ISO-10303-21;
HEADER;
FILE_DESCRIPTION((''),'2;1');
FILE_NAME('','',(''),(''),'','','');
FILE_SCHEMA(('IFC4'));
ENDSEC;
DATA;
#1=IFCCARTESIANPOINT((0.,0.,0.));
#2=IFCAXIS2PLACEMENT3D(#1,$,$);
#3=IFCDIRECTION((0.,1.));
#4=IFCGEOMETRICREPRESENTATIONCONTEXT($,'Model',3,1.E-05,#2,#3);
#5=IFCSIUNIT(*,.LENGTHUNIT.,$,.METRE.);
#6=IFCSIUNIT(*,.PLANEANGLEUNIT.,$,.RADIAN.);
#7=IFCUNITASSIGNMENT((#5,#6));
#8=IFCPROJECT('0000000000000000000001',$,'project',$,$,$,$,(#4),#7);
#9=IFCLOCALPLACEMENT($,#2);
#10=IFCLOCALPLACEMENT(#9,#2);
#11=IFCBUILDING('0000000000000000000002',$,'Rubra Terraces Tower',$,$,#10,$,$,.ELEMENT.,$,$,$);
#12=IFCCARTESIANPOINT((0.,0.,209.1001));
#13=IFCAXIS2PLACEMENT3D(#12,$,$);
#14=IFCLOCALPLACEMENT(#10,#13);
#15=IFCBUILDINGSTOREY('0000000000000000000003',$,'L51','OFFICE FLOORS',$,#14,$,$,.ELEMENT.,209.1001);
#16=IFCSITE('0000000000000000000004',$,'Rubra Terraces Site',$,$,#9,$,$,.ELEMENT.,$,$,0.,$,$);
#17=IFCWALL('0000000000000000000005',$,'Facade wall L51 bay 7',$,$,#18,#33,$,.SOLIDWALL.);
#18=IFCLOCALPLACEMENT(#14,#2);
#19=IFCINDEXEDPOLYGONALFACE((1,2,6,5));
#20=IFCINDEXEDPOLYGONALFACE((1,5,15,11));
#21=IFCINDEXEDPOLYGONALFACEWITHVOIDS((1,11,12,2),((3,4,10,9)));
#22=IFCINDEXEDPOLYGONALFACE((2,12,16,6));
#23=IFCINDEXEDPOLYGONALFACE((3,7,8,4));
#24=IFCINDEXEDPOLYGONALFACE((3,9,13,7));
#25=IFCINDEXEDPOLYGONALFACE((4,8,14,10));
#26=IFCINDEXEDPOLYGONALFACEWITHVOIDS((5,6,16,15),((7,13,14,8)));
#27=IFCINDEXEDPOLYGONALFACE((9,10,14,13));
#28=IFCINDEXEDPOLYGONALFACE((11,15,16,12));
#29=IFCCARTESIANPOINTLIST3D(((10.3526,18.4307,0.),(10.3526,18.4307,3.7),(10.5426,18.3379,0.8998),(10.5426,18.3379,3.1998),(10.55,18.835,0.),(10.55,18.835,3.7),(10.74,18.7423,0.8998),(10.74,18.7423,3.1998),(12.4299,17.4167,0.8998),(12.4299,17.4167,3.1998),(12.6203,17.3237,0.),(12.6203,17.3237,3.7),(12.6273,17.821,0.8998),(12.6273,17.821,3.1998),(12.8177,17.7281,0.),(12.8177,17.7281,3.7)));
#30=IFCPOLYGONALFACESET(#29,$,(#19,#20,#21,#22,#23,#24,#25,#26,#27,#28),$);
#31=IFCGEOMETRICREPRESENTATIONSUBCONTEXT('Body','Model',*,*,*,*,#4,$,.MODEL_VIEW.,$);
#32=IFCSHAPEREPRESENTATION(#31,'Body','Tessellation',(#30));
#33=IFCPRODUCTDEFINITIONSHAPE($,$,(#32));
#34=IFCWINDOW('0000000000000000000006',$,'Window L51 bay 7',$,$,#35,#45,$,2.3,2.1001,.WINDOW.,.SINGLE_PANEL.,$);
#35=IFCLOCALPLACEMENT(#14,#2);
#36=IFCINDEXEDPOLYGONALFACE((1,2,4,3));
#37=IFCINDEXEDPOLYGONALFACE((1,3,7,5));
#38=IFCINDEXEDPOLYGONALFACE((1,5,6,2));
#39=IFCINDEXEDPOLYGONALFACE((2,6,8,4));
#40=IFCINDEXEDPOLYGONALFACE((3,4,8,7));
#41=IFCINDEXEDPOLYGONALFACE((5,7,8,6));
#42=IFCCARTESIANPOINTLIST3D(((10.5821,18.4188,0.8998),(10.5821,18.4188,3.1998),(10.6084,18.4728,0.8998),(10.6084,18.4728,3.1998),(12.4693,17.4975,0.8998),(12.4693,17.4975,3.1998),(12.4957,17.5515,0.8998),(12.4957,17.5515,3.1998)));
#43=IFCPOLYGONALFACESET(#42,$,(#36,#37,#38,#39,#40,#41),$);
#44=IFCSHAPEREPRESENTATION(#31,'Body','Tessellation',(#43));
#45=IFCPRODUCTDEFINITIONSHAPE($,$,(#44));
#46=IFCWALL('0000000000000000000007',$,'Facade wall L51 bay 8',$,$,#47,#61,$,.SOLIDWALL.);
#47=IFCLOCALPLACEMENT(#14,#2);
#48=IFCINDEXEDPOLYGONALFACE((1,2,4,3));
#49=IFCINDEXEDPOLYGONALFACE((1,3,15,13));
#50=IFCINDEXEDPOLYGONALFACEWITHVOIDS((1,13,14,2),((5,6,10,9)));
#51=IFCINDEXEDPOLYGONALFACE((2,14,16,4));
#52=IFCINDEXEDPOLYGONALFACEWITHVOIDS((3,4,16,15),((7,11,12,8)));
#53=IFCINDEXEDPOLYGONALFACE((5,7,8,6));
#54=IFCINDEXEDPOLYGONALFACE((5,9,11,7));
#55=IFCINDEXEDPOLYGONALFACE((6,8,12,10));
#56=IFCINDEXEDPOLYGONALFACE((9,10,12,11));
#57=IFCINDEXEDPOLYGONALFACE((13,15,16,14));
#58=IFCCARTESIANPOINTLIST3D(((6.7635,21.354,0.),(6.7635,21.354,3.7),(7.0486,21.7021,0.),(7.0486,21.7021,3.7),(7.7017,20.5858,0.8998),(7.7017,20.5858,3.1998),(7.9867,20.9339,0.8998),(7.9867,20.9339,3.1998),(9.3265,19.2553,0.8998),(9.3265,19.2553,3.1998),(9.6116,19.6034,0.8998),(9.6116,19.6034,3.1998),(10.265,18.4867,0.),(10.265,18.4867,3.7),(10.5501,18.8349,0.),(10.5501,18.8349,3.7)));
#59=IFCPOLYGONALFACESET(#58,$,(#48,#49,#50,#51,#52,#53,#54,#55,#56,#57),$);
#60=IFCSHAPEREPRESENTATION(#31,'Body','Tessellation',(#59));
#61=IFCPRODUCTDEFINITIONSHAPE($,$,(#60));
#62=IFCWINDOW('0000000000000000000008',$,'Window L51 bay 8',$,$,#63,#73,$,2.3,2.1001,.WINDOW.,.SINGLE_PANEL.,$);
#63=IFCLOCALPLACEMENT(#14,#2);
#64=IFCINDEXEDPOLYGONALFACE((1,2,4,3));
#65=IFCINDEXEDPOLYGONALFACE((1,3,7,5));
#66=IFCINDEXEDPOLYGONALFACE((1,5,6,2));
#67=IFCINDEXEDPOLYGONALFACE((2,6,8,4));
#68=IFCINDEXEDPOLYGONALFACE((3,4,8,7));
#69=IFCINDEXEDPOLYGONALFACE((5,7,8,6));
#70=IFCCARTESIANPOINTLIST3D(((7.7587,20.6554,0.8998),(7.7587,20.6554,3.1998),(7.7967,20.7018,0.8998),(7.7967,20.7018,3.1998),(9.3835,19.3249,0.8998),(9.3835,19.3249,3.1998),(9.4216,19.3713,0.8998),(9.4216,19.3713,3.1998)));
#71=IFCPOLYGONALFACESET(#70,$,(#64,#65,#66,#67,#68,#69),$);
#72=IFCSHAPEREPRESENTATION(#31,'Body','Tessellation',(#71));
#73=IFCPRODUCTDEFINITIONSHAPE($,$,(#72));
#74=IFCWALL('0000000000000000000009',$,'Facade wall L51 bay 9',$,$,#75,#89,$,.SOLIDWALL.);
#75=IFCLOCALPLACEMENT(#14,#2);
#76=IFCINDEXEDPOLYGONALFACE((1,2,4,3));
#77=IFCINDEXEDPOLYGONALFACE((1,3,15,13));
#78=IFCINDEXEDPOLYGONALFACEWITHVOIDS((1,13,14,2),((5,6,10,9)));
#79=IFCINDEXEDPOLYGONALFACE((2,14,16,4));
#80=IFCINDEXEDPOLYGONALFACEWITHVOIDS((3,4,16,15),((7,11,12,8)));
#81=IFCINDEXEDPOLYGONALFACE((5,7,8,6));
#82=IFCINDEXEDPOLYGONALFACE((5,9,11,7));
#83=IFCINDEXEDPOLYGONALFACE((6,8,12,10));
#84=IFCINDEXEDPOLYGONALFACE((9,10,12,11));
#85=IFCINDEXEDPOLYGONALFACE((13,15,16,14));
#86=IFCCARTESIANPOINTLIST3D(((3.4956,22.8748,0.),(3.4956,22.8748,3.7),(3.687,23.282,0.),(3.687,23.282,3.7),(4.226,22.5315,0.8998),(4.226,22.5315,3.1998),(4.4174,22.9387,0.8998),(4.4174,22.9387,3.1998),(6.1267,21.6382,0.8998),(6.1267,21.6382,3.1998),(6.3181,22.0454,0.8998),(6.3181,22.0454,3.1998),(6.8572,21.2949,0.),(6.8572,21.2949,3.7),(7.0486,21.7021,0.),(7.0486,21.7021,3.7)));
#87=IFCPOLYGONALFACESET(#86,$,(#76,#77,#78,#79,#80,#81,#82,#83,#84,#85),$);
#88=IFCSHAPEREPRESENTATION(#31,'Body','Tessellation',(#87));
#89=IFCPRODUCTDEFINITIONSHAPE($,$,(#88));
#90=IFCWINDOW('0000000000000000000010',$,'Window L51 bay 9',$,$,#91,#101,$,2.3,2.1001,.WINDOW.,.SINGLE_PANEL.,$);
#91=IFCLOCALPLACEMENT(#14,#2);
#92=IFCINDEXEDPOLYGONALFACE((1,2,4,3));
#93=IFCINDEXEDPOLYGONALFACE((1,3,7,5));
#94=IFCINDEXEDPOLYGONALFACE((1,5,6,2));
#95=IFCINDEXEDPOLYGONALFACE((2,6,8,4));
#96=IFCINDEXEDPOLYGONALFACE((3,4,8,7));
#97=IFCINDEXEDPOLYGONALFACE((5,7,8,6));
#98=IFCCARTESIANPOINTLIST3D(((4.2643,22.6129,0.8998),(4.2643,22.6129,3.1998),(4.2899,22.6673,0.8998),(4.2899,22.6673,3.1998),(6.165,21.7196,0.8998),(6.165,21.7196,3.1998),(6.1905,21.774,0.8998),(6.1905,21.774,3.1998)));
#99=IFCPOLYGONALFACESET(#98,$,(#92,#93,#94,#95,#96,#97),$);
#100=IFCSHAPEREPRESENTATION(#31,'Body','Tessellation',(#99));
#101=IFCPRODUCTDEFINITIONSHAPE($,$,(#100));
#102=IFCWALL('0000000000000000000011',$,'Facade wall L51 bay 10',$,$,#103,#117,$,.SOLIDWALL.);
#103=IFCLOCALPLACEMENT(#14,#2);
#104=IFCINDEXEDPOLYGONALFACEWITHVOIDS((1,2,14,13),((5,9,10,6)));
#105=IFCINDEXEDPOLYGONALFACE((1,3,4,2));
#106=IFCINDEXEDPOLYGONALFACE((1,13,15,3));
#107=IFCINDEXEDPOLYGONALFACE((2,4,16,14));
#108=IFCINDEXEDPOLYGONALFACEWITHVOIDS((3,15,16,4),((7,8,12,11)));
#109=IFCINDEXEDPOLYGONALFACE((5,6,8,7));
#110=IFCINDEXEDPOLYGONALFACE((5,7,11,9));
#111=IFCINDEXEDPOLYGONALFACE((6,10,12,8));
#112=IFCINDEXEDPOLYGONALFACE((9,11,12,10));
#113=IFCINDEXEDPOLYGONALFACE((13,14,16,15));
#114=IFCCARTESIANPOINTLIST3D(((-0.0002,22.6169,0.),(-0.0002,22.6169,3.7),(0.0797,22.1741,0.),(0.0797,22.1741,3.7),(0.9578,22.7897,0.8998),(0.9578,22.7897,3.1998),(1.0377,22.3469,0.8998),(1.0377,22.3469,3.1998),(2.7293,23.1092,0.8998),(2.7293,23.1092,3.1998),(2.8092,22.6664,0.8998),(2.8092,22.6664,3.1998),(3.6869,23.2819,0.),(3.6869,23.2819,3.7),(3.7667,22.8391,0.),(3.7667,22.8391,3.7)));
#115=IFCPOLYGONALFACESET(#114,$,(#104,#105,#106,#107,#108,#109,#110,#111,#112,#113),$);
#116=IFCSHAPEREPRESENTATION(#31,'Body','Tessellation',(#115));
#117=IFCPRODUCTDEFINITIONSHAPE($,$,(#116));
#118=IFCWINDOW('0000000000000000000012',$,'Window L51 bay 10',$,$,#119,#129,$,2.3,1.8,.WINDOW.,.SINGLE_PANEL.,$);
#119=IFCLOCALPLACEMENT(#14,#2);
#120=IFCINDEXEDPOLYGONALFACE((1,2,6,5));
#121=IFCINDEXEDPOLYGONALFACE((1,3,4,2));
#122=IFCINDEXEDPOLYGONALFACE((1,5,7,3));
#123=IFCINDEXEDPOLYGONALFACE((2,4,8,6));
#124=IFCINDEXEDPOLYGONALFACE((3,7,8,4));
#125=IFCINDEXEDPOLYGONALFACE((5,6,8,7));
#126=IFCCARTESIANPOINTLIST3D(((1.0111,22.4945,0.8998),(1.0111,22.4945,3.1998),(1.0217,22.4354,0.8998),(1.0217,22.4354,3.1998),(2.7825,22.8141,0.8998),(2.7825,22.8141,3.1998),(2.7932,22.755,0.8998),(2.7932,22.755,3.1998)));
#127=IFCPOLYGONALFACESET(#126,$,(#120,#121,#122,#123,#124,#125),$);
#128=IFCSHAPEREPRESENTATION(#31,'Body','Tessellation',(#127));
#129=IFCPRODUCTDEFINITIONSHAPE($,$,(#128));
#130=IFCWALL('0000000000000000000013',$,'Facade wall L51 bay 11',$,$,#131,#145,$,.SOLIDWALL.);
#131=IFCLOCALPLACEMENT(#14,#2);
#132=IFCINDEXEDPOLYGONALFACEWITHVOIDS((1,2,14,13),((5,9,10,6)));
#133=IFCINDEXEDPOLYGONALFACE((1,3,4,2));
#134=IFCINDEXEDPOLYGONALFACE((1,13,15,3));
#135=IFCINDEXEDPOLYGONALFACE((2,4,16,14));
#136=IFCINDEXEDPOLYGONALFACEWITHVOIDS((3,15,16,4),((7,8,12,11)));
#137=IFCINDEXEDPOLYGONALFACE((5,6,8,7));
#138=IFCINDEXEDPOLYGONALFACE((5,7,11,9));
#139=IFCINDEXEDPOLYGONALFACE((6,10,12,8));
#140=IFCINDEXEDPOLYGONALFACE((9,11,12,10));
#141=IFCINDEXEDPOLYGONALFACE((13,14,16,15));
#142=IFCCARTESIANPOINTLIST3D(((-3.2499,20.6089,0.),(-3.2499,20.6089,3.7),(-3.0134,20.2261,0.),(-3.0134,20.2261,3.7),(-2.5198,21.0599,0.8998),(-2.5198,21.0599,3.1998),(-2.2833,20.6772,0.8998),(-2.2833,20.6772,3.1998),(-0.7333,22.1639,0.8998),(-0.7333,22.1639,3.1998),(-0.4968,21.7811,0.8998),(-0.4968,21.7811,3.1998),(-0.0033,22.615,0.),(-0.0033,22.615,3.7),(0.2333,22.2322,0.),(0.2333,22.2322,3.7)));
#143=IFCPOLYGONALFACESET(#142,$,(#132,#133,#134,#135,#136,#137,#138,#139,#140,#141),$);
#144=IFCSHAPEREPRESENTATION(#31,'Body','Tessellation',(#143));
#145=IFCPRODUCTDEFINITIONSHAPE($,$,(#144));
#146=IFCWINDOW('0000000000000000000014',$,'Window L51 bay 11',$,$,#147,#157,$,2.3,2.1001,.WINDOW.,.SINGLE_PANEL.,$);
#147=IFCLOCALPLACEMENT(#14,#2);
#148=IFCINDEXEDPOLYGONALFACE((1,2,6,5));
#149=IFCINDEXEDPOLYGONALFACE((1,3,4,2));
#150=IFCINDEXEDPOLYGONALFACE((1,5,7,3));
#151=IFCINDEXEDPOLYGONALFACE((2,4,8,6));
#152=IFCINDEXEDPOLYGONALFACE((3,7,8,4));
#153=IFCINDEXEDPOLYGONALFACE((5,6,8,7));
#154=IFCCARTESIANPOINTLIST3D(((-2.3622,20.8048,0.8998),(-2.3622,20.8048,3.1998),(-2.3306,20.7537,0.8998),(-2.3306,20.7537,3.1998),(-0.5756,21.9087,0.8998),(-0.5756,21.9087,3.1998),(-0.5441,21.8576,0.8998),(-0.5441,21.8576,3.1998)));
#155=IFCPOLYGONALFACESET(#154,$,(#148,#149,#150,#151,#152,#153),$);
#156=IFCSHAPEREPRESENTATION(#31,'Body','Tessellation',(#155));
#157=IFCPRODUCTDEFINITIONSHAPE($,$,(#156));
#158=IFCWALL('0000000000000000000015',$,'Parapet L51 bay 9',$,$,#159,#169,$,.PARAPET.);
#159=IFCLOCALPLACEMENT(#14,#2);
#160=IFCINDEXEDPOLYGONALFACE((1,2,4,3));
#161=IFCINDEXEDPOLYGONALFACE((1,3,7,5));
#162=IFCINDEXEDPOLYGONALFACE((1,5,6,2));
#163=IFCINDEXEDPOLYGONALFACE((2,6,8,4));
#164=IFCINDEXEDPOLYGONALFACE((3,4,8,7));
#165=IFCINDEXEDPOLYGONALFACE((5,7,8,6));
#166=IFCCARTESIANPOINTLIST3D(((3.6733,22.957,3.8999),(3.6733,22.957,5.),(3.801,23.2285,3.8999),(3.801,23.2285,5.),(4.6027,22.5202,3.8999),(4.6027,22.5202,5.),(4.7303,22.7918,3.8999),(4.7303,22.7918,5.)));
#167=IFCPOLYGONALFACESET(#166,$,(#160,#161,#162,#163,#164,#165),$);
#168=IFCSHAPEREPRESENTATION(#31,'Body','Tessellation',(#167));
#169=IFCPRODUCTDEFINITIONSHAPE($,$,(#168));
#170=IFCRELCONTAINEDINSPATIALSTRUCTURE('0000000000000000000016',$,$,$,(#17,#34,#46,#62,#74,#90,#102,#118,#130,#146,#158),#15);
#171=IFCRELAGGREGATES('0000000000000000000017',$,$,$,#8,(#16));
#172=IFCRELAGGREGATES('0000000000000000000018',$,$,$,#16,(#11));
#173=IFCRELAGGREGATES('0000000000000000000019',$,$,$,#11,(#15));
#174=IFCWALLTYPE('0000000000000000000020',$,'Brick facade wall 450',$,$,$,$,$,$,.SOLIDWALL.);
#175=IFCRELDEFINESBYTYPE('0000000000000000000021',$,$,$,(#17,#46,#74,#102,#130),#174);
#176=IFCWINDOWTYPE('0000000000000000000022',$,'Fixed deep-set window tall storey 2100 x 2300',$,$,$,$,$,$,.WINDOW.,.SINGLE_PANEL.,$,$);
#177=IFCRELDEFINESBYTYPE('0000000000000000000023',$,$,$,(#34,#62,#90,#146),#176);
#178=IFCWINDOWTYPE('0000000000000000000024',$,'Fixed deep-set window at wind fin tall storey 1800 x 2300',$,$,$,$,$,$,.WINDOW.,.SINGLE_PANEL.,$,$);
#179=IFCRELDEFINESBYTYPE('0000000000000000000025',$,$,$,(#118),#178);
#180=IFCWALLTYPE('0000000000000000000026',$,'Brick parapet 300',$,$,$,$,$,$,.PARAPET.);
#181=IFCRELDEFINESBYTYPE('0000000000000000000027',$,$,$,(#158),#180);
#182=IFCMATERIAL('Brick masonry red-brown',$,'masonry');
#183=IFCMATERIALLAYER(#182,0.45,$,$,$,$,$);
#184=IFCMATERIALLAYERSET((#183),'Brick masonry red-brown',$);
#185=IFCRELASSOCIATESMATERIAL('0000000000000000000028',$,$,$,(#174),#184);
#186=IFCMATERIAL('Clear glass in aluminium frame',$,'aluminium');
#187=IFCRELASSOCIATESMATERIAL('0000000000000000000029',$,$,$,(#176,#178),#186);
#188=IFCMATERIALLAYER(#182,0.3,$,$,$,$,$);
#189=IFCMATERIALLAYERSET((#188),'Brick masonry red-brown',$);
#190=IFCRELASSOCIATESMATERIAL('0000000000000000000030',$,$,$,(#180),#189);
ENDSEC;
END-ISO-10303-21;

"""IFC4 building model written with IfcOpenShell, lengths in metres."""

from ifc_helpers import new_model, si_unit, direction, frame, frame_2d, origin, place, context, subcontext, project, spatial, rectangle, extrude, material, layer, layer_set, type_object, element, fill, save


model = new_model("IFC4")

# Units and contexts
model_context = context("Model", 3, precision=1e-05, world=origin(), true_north=direction((0.0, 1.0)))
body_context = subcontext(model_context, "Body", "Model", "MODEL_VIEW")
ifc_project = project(units=[si_unit("LENGTHUNIT", "METRE"), si_unit("PLANEANGLEUNIT", "RADIAN")], contexts=[model_context])

# Site, building, storey
site_placement = place(None, origin())
site = spatial("IfcSite", under=ifc_project, at=site_placement, Name="Rubra Terraces Site", CompositionType="ELEMENT", RefElevation=0.0)
building_placement = place(site_placement, origin())
building = spatial("IfcBuilding", under=site, at=building_placement, Name="Rubra Terraces Tower", CompositionType="ELEMENT")
storey_placement = place(building_placement, frame((0.0, 0.0, 209.1001)))
storey = spatial("IfcBuildingStorey", under=building, at=storey_placement, Name="L51", Description="OFFICE FLOORS", CompositionType="ELEMENT", Elevation=209.1001)

# Walls, openings, windows
ifc_material_1 = material(Name="Brick masonry red-brown", Category="masonry")
ifc_layer_1 = layer(ifc_material_1, 0.45)
ifc_layer_set_1 = layer_set([ifc_layer_1], Name="Brick masonry red-brown")
wall_type_1 = type_object("IfcWallType", Name="Brick facade wall 450", PredefinedType="SOLIDWALL", material=ifc_layer_set_1)
wall_1_placement = place(storey_placement, frame((12.719, 17.5259, 0.0), z_axis=(0.0, 0.0, 1.0), x_axis=(-0.898644, 0.438679, 0.0)))
wall_1 = element("IfcWall", 1, at=wall_1_placement, inside=storey, type_object=wall_type_1, Name="Facade wall L51 bay 7", PredefinedType="SOLIDWALL", context=body_context, shape_type="SweptSolid", body=[
    extrude(rectangle(XDim=2.5234, YDim=0.45, at=frame_2d((1.2617, 0.0))), origin(), (0.0, 0.0, 1.0), 3.7),
])
opening_1_placement = place(wall_1_placement, frame((0.2119, 0.0, 0.8999)))
opening_1 = element("IfcOpeningElement", 2, at=opening_1_placement, cuts=wall_1, PredefinedType="OPENING", context=body_context, shape_type="SweptSolid", body=[
    extrude(rectangle(XDim=2.1001, YDim=2.3, at=frame_2d((1.05, 1.1499))), frame((0.0, 0.2349, 0.0), z_axis=(0.0, -1.0, 0.0), x_axis=(1.0, 0.0, 0.0)), (0.0, 0.0, 1.0), 0.47),
])
ifc_material_2 = material(Name="Clear glass in aluminium frame", Category="aluminium")
window_type_1 = type_object("IfcWindowType", Name="Fixed deep-set window tall storey 2100 x 2300", PartitioningType="SINGLE_PANEL", PredefinedType="WINDOW", material=ifc_material_2)
window_1_placement = place(opening_1_placement, origin())
window_1 = element("IfcWindow", 3, at=window_1_placement, inside=storey, type_object=window_type_1, Name="Window L51 bay 7", OverallHeight=2.3, OverallWidth=2.1001, PartitioningType="SINGLE_PANEL", PredefinedType="WINDOW", context=body_context, shape_type="SweptSolid", body=[
    extrude(rectangle(XDim=2.1001, YDim=2.3, at=frame_2d((1.05, 1.1499))), frame((0.0, 0.135, 0.0), z_axis=(0.0, -1.0, 0.0), x_axis=(1.0, 0.0, 0.0)), (0.0, 0.0, 1.0), 0.0601),
])
fill(opening_1, window_1)
wall_2_placement = place(storey_placement, frame((10.4075, 18.6609, 0.0), z_axis=(0.0, 0.0, 1.0), x_axis=(-0.773702, 0.633549, 0.0)))
wall_2 = element("IfcWall", 4, at=wall_2_placement, inside=storey, type_object=wall_type_1, Name="Facade wall L51 bay 8", PredefinedType="SOLIDWALL", context=body_context, shape_type="SweptSolid", body=[
    extrude(rectangle(XDim=4.5256, YDim=0.45, at=frame_2d((2.2627, 0.0))), origin(), (0.0, 0.0, 1.0), 3.7),
])
opening_2_placement = place(wall_2_placement, frame((1.2129, 0.0, 0.8999)))
opening_2 = element("IfcOpeningElement", 5, at=opening_2_placement, cuts=wall_2, PredefinedType="OPENING", context=body_context, shape_type="SweptSolid", body=[
    extrude(rectangle(XDim=2.1001, YDim=2.3, at=frame_2d((1.05, 1.1499))), frame((0.0, 0.2349, 0.0), z_axis=(0.0, -1.0, 0.0), x_axis=(1.0, 0.0, 0.0)), (0.0, 0.0, 1.0), 0.47),
])
window_2_placement = place(opening_2_placement, origin())
window_2 = element("IfcWindow", 6, at=window_2_placement, inside=storey, type_object=window_type_1, Name="Window L51 bay 8", OverallHeight=2.3, OverallWidth=2.1001, PartitioningType="SINGLE_PANEL", PredefinedType="WINDOW", context=body_context, shape_type="SweptSolid", body=[
    extrude(rectangle(XDim=2.1001, YDim=2.3, at=frame_2d((1.05, 1.1499))), frame((0.0, 0.135, 0.0), z_axis=(0.0, -1.0, 0.0), x_axis=(1.0, 0.0, 0.0)), (0.0, 0.0, 1.0), 0.0601),
])
fill(opening_2, window_2)
wall_3_placement = place(storey_placement, frame((6.9529, 21.4985, 0.0), z_axis=(0.0, 0.0, 1.0), x_axis=(-0.905035, 0.425338, 0.0)))
wall_3 = element("IfcWall", 7, at=wall_3_placement, inside=storey, type_object=wall_type_1, Name="Facade wall L51 bay 9", PredefinedType="SOLIDWALL", context=body_context, shape_type="SweptSolid", body=[
    extrude(rectangle(XDim=3.7144, YDim=0.45, at=frame_2d((1.8572, 0.0))), origin(), (0.0, 0.0, 1.0), 3.7),
])
opening_3_placement = place(wall_3_placement, frame((0.8071, 0.0, 0.8999)))
opening_3 = element("IfcOpeningElement", 8, at=opening_3_placement, cuts=wall_3, PredefinedType="OPENING", context=body_context, shape_type="SweptSolid", body=[
    extrude(rectangle(XDim=2.1001, YDim=2.3, at=frame_2d((1.05, 1.1499))), frame((0.0, 0.2349, 0.0), z_axis=(0.0, -1.0, 0.0), x_axis=(1.0, 0.0, 0.0)), (0.0, 0.0, 1.0), 0.47),
])
window_3_placement = place(opening_3_placement, origin())
window_3 = element("IfcWindow", 9, at=window_3_placement, inside=storey, type_object=window_type_1, Name="Window L51 bay 9", OverallHeight=2.3, OverallWidth=2.1001, PartitioningType="SINGLE_PANEL", PredefinedType="WINDOW", context=body_context, shape_type="SweptSolid", body=[
    extrude(rectangle(XDim=2.1001, YDim=2.3, at=frame_2d((1.05, 1.1499))), frame((0.0, 0.135, 0.0), z_axis=(0.0, -1.0, 0.0), x_axis=(1.0, 0.0, 0.0)), (0.0, 0.0, 1.0), 0.0601),
])
fill(opening_3, window_3)
wall_4_placement = place(storey_placement, frame((3.7268, 23.0605, 0.0), z_axis=(0.0, 0.0, 1.0), x_axis=(-0.984119, -0.177509, 0.0)))
wall_4 = element("IfcWall", 10, at=wall_4_placement, inside=storey, type_object=wall_type_1, Name="Facade wall L51 bay 10", PredefinedType="SOLIDWALL", context=body_context, shape_type="SweptSolid", body=[
    extrude(rectangle(XDim=3.7466, YDim=0.45, at=frame_2d((1.8733, 0.0))), origin(), (0.0, 0.0, 1.0), 3.7),
])
opening_4_placement = place(wall_4_placement, frame((0.9731, 0.0, 0.8999)))
opening_4 = element("IfcOpeningElement", 11, at=opening_4_placement, cuts=wall_4, PredefinedType="OPENING", context=body_context, shape_type="SweptSolid", body=[
    extrude(rectangle(XDim=1.8, YDim=2.3, at=frame_2d((0.8999, 1.1499))), frame((0.0, 0.2349, 0.0), z_axis=(0.0, -1.0, 0.0), x_axis=(1.0, 0.0, 0.0)), (0.0, 0.0, 1.0), 0.47),
])
window_type_2 = type_object("IfcWindowType", Name="Fixed deep-set window at wind fin tall storey 1800 x 2300", PartitioningType="SINGLE_PANEL", PredefinedType="WINDOW", material=ifc_material_2)
window_4_placement = place(opening_4_placement, origin())
window_4 = element("IfcWindow", 12, at=window_4_placement, inside=storey, type_object=window_type_2, Name="Window L51 bay 10", OverallHeight=2.3, OverallWidth=1.8, PartitioningType="SINGLE_PANEL", PredefinedType="WINDOW", context=body_context, shape_type="SweptSolid", body=[
    extrude(rectangle(XDim=1.8, YDim=2.3, at=frame_2d((0.8999, 1.1499))), frame((0.0, 0.135, 0.0), z_axis=(0.0, -1.0, 0.0), x_axis=(1.0, 0.0, 0.0)), (0.0, 0.0, 1.0), 0.0601),
])
fill(opening_4, window_4)
wall_5_placement = place(storey_placement, frame((0.115, 22.4236, 0.0), z_axis=(0.0, 0.0, 1.0), x_axis=(-0.850697, -0.525656, 0.0)))
wall_5 = element("IfcWall", 13, at=wall_5_placement, inside=storey, type_object=wall_type_1, Name="Facade wall L51 bay 11", PredefinedType="SOLIDWALL", context=body_context, shape_type="SweptSolid", body=[
    extrude(rectangle(XDim=3.8164, YDim=0.45, at=frame_2d((1.9082, 0.0))), origin(), (0.0, 0.0, 1.0), 3.7),
])
opening_5_placement = place(wall_5_placement, frame((0.8582, 0.0, 0.8999)))
opening_5 = element("IfcOpeningElement", 14, at=opening_5_placement, cuts=wall_5, PredefinedType="OPENING", context=body_context, shape_type="SweptSolid", body=[
    extrude(rectangle(XDim=2.1001, YDim=2.3, at=frame_2d((1.05, 1.1499))), frame((0.0, 0.2349, 0.0), z_axis=(0.0, -1.0, 0.0), x_axis=(1.0, 0.0, 0.0)), (0.0, 0.0, 1.0), 0.47),
])
window_5_placement = place(opening_5_placement, origin())
window_5 = element("IfcWindow", 15, at=window_5_placement, inside=storey, type_object=window_type_1, Name="Window L51 bay 11", OverallHeight=2.3, OverallWidth=2.1001, PartitioningType="SINGLE_PANEL", PredefinedType="WINDOW", context=body_context, shape_type="SweptSolid", body=[
    extrude(rectangle(XDim=2.1001, YDim=2.3, at=frame_2d((1.05, 1.1499))), frame((0.0, 0.135, 0.0), z_axis=(0.0, -1.0, 0.0), x_axis=(1.0, 0.0, 0.0)), (0.0, 0.0, 1.0), 0.0601),
])
fill(opening_5, window_5)

# Wall
ifc_layer_2 = layer(ifc_material_1, 0.3)
ifc_layer_set_2 = layer_set([ifc_layer_2], Name="Brick masonry red-brown")
wall_type_2 = type_object("IfcWallType", Name="Brick parapet 300", PredefinedType="PARAPET", material=ifc_layer_set_2)
wall_6_placement = place(storey_placement, frame((4.6665, 22.656, 3.8999), z_axis=(0.0, 0.0, 1.0), x_axis=(-0.90505, 0.425305, 0.0)))
element("IfcWall", 16, at=wall_6_placement, inside=storey, type_object=wall_type_2, Name="Parapet L51 bay 9", PredefinedType="PARAPET", context=body_context, shape_type="SweptSolid", body=[
    extrude(rectangle(XDim=1.0269, YDim=0.3, at=frame_2d((0.5134, 0.0))), origin(), (0.0, 0.0, 1.0), 1.1001),
])

save(model, "model.ifc")
